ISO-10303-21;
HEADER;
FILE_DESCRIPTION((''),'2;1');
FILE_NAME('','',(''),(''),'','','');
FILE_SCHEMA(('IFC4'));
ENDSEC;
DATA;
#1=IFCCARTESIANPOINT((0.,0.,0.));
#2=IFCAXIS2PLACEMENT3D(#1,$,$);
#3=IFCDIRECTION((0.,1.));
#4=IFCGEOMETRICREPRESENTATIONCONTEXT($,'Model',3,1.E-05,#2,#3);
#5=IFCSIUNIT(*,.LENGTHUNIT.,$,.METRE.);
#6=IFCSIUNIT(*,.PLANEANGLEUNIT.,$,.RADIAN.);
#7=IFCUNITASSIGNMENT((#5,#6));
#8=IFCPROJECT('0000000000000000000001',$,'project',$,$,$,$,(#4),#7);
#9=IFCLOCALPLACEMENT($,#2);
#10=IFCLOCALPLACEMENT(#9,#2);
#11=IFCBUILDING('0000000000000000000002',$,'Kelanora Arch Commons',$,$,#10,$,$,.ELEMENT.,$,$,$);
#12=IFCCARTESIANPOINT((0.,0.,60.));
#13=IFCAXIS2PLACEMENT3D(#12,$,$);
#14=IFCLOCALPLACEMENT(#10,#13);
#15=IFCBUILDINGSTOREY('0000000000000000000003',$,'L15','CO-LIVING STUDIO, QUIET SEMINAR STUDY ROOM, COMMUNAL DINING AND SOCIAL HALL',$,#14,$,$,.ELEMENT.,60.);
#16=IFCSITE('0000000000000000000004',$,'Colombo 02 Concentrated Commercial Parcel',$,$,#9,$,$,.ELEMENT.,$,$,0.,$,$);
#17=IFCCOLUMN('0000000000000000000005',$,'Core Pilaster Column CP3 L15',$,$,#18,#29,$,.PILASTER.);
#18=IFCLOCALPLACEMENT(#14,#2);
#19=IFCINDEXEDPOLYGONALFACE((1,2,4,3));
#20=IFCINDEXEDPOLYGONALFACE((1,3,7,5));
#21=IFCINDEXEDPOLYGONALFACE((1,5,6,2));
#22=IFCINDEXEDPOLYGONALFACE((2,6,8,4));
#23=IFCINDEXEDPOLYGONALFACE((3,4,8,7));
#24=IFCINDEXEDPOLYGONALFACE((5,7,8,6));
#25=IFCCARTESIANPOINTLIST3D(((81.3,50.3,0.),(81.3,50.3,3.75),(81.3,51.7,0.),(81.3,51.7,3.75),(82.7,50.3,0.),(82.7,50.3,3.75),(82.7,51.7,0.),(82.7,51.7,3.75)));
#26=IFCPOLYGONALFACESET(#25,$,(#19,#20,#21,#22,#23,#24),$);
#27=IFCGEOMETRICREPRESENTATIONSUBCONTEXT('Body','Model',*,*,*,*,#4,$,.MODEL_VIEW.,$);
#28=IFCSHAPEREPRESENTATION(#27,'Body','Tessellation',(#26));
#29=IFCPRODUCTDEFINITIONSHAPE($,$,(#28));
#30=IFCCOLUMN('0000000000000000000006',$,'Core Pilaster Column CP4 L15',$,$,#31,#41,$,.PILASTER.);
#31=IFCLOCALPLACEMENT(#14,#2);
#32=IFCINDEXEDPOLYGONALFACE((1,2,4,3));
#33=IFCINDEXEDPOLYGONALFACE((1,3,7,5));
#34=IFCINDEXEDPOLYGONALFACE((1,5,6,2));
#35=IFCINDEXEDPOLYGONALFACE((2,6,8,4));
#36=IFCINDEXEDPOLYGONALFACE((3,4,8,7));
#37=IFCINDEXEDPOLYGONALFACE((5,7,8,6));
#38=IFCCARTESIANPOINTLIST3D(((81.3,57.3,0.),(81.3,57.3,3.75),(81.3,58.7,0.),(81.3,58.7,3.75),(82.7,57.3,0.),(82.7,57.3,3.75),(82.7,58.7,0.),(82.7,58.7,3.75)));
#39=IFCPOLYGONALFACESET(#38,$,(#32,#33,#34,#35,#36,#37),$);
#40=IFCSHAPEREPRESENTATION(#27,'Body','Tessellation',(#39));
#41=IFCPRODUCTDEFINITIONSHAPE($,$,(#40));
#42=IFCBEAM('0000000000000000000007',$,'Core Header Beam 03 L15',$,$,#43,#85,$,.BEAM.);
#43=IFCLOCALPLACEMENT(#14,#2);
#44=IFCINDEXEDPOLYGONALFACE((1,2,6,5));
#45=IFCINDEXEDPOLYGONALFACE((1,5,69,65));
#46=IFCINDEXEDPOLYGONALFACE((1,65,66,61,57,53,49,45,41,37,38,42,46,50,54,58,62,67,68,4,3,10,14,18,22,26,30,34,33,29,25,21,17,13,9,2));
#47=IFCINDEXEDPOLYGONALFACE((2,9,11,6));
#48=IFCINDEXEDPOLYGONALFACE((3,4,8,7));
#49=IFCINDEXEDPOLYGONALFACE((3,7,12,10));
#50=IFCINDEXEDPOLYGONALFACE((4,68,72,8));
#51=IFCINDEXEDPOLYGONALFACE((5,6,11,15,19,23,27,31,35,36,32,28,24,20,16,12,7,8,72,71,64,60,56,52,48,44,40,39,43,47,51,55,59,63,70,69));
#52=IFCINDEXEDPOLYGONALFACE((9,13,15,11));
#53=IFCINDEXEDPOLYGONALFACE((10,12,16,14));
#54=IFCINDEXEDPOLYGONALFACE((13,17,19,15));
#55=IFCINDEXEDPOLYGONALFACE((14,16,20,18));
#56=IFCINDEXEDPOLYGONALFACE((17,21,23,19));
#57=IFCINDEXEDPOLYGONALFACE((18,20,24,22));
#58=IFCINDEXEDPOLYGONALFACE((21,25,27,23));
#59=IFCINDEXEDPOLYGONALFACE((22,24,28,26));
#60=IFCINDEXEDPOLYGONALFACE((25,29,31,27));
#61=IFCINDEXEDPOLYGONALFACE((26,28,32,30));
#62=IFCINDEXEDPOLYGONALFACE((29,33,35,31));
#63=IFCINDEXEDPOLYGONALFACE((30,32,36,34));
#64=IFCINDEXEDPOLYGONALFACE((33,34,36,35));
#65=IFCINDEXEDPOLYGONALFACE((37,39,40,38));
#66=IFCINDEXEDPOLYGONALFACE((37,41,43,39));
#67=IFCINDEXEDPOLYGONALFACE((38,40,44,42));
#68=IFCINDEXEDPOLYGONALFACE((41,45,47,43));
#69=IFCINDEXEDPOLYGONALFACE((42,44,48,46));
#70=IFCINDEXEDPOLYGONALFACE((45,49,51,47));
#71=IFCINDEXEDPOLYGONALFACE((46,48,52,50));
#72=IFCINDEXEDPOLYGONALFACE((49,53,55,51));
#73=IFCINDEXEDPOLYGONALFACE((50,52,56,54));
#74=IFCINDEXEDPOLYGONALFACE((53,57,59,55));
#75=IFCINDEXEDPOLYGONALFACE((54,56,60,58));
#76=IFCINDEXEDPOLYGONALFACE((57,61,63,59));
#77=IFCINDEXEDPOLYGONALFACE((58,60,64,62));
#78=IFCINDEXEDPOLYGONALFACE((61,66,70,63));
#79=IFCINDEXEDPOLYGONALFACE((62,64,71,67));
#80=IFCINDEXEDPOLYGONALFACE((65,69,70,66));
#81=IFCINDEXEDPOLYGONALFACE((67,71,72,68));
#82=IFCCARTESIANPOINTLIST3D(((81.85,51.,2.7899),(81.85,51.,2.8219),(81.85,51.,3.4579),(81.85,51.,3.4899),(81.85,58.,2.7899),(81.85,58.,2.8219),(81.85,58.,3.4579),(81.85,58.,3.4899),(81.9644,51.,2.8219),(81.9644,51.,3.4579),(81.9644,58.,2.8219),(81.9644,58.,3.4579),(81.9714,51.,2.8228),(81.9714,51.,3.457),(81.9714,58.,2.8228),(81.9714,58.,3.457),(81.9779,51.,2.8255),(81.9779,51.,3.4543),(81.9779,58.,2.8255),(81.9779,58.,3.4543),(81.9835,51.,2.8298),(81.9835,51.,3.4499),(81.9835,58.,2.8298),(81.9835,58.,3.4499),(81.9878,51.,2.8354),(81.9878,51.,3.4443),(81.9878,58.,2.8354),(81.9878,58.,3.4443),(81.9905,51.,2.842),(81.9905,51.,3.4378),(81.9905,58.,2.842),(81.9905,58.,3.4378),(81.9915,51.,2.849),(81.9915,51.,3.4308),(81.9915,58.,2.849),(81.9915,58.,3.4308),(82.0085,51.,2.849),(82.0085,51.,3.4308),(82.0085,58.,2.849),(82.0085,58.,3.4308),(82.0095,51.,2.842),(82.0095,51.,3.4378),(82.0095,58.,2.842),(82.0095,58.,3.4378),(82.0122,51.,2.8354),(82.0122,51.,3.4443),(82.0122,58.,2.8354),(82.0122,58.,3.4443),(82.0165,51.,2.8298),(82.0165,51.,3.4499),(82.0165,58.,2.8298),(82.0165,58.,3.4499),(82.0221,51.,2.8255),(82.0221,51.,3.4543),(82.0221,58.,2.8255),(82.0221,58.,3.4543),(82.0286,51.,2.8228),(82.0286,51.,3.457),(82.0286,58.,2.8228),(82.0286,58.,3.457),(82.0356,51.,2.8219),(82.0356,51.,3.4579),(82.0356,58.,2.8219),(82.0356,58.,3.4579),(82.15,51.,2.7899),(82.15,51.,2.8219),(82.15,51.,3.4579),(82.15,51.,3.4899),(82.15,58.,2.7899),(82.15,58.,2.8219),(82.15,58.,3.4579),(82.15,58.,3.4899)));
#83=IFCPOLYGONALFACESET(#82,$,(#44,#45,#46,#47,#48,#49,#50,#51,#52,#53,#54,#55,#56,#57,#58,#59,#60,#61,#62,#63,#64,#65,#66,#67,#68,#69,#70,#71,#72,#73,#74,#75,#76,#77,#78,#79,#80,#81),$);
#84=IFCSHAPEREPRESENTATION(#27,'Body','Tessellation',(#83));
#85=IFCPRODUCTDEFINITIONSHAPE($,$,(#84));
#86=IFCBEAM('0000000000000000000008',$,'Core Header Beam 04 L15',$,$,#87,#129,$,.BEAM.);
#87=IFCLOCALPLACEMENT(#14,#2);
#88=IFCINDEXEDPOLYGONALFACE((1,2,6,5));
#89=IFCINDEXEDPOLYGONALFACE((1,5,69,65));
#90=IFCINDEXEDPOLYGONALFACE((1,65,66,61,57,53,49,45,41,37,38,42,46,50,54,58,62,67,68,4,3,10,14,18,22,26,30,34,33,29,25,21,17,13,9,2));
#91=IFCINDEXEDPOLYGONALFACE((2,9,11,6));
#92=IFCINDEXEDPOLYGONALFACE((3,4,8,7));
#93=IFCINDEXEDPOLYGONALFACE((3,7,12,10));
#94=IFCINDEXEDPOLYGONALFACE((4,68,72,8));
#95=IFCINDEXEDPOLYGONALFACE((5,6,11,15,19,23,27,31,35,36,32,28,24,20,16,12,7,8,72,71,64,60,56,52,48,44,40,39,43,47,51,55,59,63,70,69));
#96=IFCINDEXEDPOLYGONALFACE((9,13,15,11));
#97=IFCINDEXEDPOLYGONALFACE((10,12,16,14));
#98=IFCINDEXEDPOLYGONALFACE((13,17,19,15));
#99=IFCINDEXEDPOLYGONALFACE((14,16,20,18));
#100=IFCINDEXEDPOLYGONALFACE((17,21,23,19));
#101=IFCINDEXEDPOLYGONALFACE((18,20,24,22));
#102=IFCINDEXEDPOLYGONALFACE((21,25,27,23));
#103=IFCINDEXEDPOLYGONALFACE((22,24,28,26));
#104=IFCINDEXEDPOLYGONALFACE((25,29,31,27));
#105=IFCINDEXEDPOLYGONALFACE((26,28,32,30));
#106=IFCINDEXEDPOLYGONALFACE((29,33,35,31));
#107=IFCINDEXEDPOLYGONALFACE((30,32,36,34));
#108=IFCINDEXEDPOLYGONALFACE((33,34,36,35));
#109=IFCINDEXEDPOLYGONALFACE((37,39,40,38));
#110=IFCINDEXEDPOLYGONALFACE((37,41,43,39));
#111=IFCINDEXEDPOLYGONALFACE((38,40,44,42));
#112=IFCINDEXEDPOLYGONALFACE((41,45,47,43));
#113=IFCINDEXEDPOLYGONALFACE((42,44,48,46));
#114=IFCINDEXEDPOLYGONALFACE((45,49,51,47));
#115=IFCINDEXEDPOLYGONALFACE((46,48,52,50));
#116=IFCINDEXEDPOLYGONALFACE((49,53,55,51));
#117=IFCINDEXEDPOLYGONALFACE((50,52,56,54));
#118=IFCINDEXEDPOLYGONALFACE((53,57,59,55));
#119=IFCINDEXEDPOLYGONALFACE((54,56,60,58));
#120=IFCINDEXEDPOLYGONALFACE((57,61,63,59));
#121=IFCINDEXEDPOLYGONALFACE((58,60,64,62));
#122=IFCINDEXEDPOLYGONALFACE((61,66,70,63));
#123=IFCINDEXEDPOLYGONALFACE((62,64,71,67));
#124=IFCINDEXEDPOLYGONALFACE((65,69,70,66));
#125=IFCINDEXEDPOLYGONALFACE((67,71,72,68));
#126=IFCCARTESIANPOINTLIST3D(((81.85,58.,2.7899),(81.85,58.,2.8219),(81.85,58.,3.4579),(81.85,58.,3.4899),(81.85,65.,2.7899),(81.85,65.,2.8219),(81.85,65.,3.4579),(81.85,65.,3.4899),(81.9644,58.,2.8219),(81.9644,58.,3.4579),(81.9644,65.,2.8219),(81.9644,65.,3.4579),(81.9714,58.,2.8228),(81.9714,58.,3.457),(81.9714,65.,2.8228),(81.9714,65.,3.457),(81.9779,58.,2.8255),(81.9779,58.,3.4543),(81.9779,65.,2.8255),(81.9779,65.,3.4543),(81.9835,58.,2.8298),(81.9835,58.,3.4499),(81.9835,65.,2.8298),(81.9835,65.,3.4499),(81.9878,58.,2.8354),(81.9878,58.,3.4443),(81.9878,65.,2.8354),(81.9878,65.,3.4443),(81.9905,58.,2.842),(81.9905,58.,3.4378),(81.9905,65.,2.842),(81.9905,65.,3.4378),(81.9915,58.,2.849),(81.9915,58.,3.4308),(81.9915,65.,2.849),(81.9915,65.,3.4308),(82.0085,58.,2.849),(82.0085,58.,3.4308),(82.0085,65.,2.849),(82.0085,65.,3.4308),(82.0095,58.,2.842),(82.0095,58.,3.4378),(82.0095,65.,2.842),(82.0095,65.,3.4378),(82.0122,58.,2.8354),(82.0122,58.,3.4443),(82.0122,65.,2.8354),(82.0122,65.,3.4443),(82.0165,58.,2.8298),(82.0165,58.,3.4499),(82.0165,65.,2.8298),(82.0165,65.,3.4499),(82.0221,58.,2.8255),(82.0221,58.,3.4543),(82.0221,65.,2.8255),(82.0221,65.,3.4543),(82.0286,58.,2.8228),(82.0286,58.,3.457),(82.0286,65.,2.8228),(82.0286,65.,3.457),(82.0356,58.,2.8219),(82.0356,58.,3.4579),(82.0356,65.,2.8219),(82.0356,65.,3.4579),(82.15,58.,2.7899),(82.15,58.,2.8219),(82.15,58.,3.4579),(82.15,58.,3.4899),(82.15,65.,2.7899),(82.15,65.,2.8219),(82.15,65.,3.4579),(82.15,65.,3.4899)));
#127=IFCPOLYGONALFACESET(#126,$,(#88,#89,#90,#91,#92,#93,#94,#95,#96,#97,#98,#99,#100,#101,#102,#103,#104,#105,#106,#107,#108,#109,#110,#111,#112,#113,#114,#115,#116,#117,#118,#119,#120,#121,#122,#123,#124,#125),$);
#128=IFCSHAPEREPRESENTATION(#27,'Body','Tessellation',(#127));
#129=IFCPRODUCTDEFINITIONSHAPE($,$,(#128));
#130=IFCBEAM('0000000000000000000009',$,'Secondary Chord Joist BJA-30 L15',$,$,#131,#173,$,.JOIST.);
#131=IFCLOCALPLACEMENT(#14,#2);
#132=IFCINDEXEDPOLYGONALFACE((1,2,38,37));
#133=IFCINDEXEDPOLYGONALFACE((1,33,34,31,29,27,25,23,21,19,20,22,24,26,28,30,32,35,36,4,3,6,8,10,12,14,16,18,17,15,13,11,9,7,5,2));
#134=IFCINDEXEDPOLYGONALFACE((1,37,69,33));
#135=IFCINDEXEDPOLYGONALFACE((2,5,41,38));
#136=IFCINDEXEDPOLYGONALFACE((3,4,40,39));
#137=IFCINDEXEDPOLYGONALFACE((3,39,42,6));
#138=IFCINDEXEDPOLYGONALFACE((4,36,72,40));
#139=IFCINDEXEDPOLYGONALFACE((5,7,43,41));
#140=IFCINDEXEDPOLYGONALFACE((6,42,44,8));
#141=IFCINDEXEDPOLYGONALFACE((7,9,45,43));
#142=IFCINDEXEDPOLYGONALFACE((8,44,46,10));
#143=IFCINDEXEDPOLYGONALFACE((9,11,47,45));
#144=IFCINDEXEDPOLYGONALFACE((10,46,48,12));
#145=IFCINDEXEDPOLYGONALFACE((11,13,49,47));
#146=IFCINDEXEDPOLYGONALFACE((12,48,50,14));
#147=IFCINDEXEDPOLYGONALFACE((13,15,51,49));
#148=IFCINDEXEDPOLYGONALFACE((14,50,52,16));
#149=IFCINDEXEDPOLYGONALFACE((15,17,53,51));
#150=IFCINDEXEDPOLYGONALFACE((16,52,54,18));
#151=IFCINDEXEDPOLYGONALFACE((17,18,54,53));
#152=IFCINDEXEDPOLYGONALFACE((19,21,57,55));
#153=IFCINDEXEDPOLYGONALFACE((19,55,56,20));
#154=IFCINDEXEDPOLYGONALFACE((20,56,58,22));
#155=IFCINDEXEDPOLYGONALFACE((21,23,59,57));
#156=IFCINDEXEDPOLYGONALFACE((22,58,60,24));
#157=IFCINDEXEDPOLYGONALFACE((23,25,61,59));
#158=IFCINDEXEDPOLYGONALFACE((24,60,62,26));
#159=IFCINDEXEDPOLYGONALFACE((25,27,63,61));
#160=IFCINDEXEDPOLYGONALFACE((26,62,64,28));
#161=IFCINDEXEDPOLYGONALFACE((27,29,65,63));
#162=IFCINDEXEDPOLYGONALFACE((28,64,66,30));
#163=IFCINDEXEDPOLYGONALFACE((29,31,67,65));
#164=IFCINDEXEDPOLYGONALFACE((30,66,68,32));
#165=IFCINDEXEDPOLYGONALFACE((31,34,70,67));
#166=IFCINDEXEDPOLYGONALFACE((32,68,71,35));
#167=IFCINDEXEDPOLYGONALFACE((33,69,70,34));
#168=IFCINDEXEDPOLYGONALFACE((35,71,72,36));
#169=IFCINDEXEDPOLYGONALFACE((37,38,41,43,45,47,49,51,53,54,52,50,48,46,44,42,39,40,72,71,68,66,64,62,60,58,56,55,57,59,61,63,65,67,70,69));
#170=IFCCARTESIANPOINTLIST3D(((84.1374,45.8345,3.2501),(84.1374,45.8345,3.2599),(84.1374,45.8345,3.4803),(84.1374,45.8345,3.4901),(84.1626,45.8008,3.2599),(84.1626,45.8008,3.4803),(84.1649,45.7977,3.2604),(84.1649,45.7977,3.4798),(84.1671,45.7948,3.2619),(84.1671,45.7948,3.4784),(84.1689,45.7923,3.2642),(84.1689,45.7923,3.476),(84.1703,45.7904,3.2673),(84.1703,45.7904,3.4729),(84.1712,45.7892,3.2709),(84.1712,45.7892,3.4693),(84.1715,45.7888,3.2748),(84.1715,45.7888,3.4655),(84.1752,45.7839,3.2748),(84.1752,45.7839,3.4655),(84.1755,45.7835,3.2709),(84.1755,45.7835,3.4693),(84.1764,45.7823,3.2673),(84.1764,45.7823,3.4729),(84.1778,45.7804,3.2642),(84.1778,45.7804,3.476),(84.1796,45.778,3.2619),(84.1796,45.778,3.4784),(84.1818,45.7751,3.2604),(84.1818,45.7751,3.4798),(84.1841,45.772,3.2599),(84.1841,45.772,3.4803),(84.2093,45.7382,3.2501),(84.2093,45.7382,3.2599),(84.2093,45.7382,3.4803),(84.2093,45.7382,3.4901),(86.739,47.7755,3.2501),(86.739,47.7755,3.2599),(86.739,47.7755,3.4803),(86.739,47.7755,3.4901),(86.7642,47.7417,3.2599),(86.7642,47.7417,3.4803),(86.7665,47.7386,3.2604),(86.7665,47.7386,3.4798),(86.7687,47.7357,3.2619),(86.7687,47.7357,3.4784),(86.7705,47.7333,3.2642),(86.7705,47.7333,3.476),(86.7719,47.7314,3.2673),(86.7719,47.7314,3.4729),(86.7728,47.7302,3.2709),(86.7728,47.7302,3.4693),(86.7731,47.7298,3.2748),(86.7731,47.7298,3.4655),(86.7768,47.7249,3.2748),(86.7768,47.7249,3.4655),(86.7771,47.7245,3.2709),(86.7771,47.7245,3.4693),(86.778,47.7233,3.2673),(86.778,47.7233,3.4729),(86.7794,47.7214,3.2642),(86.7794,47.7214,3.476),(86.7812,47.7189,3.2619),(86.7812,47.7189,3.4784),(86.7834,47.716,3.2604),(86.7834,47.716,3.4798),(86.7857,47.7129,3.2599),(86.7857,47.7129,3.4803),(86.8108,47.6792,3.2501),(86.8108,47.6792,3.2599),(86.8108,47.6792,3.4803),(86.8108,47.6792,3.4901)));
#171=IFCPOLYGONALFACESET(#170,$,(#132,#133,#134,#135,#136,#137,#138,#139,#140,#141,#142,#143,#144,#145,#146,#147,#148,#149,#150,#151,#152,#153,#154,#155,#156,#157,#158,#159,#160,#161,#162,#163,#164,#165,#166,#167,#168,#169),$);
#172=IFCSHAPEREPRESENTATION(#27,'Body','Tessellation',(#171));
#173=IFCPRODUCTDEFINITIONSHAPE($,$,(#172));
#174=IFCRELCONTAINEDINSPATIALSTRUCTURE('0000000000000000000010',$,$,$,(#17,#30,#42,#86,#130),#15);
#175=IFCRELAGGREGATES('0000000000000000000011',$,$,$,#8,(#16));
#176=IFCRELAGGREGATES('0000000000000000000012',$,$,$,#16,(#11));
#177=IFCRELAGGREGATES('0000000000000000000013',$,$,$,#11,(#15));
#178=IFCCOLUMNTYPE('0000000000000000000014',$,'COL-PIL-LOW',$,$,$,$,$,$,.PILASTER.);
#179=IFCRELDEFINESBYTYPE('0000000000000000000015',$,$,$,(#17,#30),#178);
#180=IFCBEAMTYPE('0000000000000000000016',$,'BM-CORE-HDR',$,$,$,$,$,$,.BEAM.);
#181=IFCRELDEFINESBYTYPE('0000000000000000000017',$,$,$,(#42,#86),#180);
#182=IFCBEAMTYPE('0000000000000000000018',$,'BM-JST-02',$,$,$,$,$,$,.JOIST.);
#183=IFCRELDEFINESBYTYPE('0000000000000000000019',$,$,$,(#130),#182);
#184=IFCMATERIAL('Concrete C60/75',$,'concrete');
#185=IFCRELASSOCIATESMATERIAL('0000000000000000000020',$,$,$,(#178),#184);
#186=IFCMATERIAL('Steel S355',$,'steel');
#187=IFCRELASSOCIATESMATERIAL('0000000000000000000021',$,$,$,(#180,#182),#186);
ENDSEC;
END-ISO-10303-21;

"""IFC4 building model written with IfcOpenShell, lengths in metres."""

from ifc_helpers import new_model, si_unit, direction, frame, origin, origin_2d, place, context, subcontext, project, spatial, rectangle, i_section, extrude, material, material_profile, profile_set, type_object, element, save


model = new_model("IFC4")

# Units and contexts
model_context = context("Model", 3, precision=1e-05, world=origin(), true_north=direction((0.0, 1.0)))
body_context = subcontext(model_context, "Body", "Model", "MODEL_VIEW")
ifc_project = project(units=[si_unit("LENGTHUNIT", "METRE"), si_unit("PLANEANGLEUNIT", "RADIAN")], contexts=[model_context])

# Site, building, storey
site_placement = place(None, origin())
site = spatial("IfcSite", under=ifc_project, at=site_placement, Name="Colombo 02 Concentrated Commercial Parcel", CompositionType="ELEMENT", RefElevation=0.0)
building_placement = place(site_placement, origin())
building = spatial("IfcBuilding", under=site, at=building_placement, Name="Kelanora Arch Commons", CompositionType="ELEMENT")
storey_placement = place(building_placement, frame((0.0, 0.0, 60.0)))
storey = spatial("IfcBuildingStorey", under=building, at=storey_placement, Name="L15", Description="CO-LIVING STUDIO, QUIET SEMINAR STUDY ROOM, COMMUNAL DINING AND SOCIAL HALL", CompositionType="ELEMENT", Elevation=60.0)

# Columns
ifc_material_1 = material(Name="Concrete C60/75", Category="concrete")
ifc_material_profile_1 = material_profile(ifc_material_1, rectangle(XDim=1.3999, YDim=1.3999, at=origin_2d()), Name="RC1400x1400")
ifc_profile_set_1 = profile_set([ifc_material_profile_1], Name="Concrete C60/75")
column_type = type_object("IfcColumnType", Name="COL-PIL-LOW", PredefinedType="PILASTER", material=ifc_profile_set_1)
for number, where, z_axis, x_axis, name in (
    (1, (82.0, 51.0, 0.0), (0.0, 0.0, 1.0), (1.0, 0.0, 0.0), "Core Pilaster Column CP3 L15"),
    (2, (82.0, 58.0, 0.0), (0.0, 0.0, 1.0), (1.0, 0.0, 0.0), "Core Pilaster Column CP4 L15"),
):
    element("IfcColumn", number, at=place(storey_placement, frame(where, z_axis=z_axis, x_axis=x_axis)), inside=storey, type_object=column_type, Name=name, PredefinedType="PILASTER", context=body_context, shape_type="SweptSolid", body=[
        extrude(rectangle(XDim=1.3999, YDim=1.3999, at=origin_2d()), origin(), (0.0, 0.0, 1.0), 3.75),
    ])

# Beams
ifc_material_2 = material(Name="Steel S355", Category="steel")
ifc_material_profile_2 = material_profile(ifc_material_2, i_section(OverallWidth=0.3, OverallDepth=0.7, WebThickness=0.0171, FlangeThickness=0.032, FilletRadius=0.0271, at=origin_2d()), Name="HEB700")
ifc_profile_set_2 = profile_set([ifc_material_profile_2], Name="Steel S355")
beam_type_1 = type_object("IfcBeamType", Name="BM-CORE-HDR", PredefinedType="BEAM", material=ifc_profile_set_2)
for number, where, z_axis, x_axis, name in (
    (3, (82.0, 51.0, 3.1399), (0.0, 1.0, 0.0), (-1.0, 0.0, 0.0), "Core Header Beam 03 L15"),
    (4, (82.0, 58.0, 3.1399), (0.0, 1.0, 0.0), (-1.0, 0.0, 0.0), "Core Header Beam 04 L15"),
):
    element("IfcBeam", number, at=place(storey_placement, frame(where, z_axis=z_axis, x_axis=x_axis)), inside=storey, type_object=beam_type_1, Name=name, PredefinedType="BEAM", context=body_context, shape_type="SweptSolid", body=[
        extrude(i_section(OverallWidth=0.3, OverallDepth=0.7, WebThickness=0.0171, FlangeThickness=0.032, FilletRadius=0.0271, at=origin_2d()), origin(), (0.0, 0.0, 1.0), 7.0),
    ])
ifc_material_profile_3 = material_profile(ifc_material_2, i_section(OverallWidth=0.1201, OverallDepth=0.24, WebThickness=0.0061, FlangeThickness=0.0098, FilletRadius=0.0149, at=origin_2d()), Name="IPE240")
ifc_profile_set_3 = profile_set([ifc_material_profile_3], Name="Steel S355")
beam_type_2 = type_object("IfcBeamType", Name="BM-JST-02", PredefinedType="JOIST", material=ifc_profile_set_3)
beam_1_placement = place(storey_placement, frame((84.1733, 45.7864, 3.3701), z_axis=(0.801514, 0.597976, 0.0), x_axis=(-0.597976, 0.801514, 0.0)))
element("IfcBeam", 5, at=beam_1_placement, inside=storey, type_object=beam_type_2, Name="Secondary Chord Joist BJA-30 L15", PredefinedType="JOIST", context=body_context, shape_type="SweptSolid", body=[
    extrude(i_section(OverallWidth=0.1201, OverallDepth=0.24, WebThickness=0.0061, FlangeThickness=0.0098, FilletRadius=0.0149, at=origin_2d()), origin(), (0.0, 0.0, 1.0), 3.2458),
])

save(model, "model.ifc")
